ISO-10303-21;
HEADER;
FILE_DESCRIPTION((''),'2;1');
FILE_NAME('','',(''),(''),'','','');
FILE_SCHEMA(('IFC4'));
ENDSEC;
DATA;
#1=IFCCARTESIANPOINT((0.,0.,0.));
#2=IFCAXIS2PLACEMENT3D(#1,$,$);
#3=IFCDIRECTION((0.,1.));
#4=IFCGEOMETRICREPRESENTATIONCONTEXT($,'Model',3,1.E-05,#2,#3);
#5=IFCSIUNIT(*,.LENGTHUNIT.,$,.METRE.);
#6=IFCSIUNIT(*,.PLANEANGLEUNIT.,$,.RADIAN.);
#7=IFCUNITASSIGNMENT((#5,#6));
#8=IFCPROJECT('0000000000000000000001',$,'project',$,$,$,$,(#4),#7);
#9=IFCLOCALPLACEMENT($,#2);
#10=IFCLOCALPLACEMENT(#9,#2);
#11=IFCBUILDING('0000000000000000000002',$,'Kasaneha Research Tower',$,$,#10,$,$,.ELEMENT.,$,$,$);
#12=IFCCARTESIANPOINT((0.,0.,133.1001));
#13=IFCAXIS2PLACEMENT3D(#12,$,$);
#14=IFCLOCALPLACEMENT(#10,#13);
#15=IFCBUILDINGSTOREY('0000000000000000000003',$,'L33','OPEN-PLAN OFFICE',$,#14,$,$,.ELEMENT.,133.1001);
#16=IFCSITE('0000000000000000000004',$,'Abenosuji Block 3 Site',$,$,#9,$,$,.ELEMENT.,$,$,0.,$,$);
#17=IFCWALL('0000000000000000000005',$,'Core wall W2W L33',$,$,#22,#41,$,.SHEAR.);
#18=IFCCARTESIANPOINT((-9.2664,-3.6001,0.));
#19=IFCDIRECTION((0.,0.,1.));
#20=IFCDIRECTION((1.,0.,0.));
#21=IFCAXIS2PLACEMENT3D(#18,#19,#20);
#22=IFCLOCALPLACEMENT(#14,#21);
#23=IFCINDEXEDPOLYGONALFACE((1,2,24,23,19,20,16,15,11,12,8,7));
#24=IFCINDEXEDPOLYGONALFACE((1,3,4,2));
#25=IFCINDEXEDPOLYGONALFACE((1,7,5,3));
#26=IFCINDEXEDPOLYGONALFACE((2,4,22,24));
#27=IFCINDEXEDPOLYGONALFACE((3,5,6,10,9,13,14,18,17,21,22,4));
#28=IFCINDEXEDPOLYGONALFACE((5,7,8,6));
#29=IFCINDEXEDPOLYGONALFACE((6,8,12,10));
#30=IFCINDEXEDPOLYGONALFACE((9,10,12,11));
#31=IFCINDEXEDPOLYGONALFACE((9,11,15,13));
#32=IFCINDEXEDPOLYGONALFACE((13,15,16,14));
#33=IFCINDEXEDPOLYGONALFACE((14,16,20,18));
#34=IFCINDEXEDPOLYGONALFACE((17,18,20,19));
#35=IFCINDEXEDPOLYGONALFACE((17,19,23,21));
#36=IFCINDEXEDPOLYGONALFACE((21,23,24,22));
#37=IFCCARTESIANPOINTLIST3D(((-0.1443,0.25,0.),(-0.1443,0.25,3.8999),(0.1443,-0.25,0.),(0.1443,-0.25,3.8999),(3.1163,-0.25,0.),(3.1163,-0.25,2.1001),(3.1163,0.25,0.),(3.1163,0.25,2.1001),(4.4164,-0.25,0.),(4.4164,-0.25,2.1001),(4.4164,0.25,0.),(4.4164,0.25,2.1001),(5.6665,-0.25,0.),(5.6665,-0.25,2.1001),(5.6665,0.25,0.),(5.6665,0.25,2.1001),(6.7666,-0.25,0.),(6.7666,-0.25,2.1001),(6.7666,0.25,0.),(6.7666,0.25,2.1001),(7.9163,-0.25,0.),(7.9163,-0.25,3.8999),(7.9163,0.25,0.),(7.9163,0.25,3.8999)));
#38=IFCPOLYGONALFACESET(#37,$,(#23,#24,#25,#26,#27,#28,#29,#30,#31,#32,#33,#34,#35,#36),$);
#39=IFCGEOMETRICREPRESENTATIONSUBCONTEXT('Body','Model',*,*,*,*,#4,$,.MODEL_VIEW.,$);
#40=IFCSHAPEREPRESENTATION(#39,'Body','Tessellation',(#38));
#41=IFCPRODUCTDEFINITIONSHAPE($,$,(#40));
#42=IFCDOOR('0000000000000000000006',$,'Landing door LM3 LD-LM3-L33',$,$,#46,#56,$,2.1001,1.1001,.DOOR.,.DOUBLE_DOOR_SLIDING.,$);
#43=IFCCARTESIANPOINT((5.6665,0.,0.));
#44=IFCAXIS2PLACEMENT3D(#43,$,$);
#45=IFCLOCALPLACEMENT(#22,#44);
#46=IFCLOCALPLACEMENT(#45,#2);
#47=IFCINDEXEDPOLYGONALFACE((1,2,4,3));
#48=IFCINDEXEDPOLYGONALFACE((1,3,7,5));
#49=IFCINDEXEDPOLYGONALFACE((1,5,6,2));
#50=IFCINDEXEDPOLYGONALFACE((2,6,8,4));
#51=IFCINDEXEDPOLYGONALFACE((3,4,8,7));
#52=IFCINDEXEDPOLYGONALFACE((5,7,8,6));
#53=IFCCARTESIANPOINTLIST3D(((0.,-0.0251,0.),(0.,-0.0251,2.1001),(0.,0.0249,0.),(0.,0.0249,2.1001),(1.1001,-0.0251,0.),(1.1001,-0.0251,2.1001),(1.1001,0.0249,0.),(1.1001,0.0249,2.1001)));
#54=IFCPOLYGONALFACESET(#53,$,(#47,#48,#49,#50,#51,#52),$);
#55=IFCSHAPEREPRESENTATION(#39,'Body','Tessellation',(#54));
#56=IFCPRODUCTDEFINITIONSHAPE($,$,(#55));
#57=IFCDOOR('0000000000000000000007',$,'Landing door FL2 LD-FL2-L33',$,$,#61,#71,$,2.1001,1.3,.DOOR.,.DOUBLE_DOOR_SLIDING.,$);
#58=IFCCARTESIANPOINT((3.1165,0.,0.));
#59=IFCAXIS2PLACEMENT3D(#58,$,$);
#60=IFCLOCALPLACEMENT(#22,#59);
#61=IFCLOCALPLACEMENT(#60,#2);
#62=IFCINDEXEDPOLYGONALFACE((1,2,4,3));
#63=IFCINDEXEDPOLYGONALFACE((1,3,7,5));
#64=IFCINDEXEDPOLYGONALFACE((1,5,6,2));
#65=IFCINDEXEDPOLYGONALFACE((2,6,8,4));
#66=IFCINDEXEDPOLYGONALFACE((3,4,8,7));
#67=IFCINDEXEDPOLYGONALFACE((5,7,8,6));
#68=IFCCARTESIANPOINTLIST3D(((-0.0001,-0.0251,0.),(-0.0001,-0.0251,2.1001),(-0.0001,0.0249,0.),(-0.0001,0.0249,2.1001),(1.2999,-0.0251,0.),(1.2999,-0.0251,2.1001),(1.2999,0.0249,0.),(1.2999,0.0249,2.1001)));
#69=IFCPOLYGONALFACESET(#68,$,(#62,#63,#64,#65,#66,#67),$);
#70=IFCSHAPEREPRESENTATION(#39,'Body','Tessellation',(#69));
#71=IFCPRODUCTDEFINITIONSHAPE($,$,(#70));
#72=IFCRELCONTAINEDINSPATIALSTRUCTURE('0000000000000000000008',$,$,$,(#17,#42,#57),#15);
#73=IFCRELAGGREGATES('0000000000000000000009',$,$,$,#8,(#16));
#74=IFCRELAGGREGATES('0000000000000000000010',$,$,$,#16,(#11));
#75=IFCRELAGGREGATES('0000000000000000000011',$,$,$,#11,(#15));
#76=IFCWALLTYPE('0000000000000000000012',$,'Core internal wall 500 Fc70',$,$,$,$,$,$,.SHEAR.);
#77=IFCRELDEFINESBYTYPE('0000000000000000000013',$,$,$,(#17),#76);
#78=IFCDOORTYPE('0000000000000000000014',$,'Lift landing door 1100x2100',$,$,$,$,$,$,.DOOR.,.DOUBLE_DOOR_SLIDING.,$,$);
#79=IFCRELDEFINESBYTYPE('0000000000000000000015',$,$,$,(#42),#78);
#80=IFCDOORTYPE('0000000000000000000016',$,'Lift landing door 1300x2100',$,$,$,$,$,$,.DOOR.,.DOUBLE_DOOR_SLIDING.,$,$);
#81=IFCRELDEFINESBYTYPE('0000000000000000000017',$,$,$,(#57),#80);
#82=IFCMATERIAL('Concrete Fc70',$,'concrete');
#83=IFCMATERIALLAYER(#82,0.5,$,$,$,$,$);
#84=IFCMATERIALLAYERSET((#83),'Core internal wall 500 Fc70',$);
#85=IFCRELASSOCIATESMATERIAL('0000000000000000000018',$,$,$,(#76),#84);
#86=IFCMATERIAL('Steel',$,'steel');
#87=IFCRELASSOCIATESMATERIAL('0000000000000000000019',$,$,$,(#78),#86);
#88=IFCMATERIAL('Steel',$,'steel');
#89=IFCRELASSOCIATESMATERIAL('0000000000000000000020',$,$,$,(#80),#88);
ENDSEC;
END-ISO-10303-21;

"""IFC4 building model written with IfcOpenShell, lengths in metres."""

from ifc_helpers import new_model, si_unit, direction, frame, frame_2d, origin, place, context, subcontext, project, spatial, polyline, rectangle, outline, extrude, material, layer, layer_set, type_object, element, fill, save


model = new_model("IFC4")

# Units and contexts
model_context = context("Model", 3, precision=1e-05, world=origin(), true_north=direction((0.0, 1.0)))
body_context = subcontext(model_context, "Body", "Model", "MODEL_VIEW")
ifc_project = project(units=[si_unit("LENGTHUNIT", "METRE"), si_unit("PLANEANGLEUNIT", "RADIAN")], contexts=[model_context])

# Site, building, storey
site_placement = place(None, origin())
site = spatial("IfcSite", under=ifc_project, at=site_placement, Name="Abenosuji Block 3 Site", CompositionType="ELEMENT", RefElevation=0.0)
building_placement = place(site_placement, origin())
building = spatial("IfcBuilding", under=site, at=building_placement, Name="Kasaneha Research Tower", CompositionType="ELEMENT")
storey_placement = place(building_placement, frame((0.0, 0.0, 133.1001)))
storey = spatial("IfcBuildingStorey", under=building, at=storey_placement, Name="L33", Description="OPEN-PLAN OFFICE", CompositionType="ELEMENT", Elevation=133.1001)

# Wall, openings, doors
ifc_material_1 = material(Name="Concrete Fc70", Category="concrete")
ifc_layer_1 = layer(ifc_material_1, 0.5)
ifc_layer_set_1 = layer_set([ifc_layer_1], Name="Core internal wall 500 Fc70")
wall_type_1 = type_object("IfcWallType", Name="Core internal wall 500 Fc70", PredefinedType="SHEAR", material=ifc_layer_set_1)
wall_1_placement = place(storey_placement, frame((-9.2664, -3.6001, 0.0), z_axis=(0.0, 0.0, 1.0), x_axis=(1.0, 0.0, 0.0)))
wall_1 = element("IfcWall", 1, at=wall_1_placement, inside=storey, type_object=wall_type_1, Name="Core wall W2W L33", PredefinedType="SHEAR", context=body_context, shape_type="SweptSolid", body=[
    extrude(outline(polyline([(0.1443, -0.25), (3.1165, -0.25), (4.4165, -0.25), (5.6665, -0.25), (6.7666, -0.25), (7.9163, -0.25), (7.9163, 0.25), (6.7666, 0.25), (5.6665, 0.25), (4.4165, 0.25), (3.1165, 0.25), (-0.1443, 0.25), (0.1443, -0.25)])), origin(), (0.0, 0.0, 1.0), 3.8999),
])
opening_1_placement = place(wall_1_placement, frame((5.6665, 0.0, 0.0)))
opening_1 = element("IfcOpeningElement", 2, at=opening_1_placement, cuts=wall_1, PredefinedType="OPENING", context=body_context, shape_type="SweptSolid", body=[
    extrude(rectangle(XDim=1.1001, YDim=2.1001, at=frame_2d((0.55, 1.05))), frame((0.0, 0.26, 0.0), z_axis=(0.0, -1.0, 0.0), x_axis=(1.0, 0.0, 0.0)), (0.0, 0.0, 1.0), 0.52),
])
opening_2_placement = place(wall_1_placement, frame((3.1165, 0.0, 0.0)))
opening_2 = element("IfcOpeningElement", 3, at=opening_2_placement, cuts=wall_1, PredefinedType="OPENING", context=body_context, shape_type="SweptSolid", body=[
    extrude(rectangle(XDim=1.3, YDim=2.1001, at=frame_2d((0.6499, 1.05))), frame((0.0, 0.26, 0.0), z_axis=(0.0, -1.0, 0.0), x_axis=(1.0, 0.0, 0.0)), (0.0, 0.0, 1.0), 0.52),
])
ifc_material_2 = material(Name="Steel", Category="steel")
door_type_1 = type_object("IfcDoorType", Name="Lift landing door 1100x2100", OperationType="DOUBLE_DOOR_SLIDING", PredefinedType="DOOR", material=ifc_material_2)
door_1_placement = place(opening_1_placement, origin())
door_1 = element("IfcDoor", 4, at=door_1_placement, inside=storey, type_object=door_type_1, Name="Landing door LM3 LD-LM3-L33", OperationType="DOUBLE_DOOR_SLIDING", OverallHeight=2.1001, OverallWidth=1.1001, PredefinedType="DOOR", context=body_context, shape_type="SweptSolid", body=[
    extrude(rectangle(XDim=1.1001, YDim=2.1001, at=frame_2d((0.55, 1.05))), frame((0.0, 0.0249, 0.0), z_axis=(0.0, -1.0, 0.0), x_axis=(1.0, 0.0, 0.0)), (0.0, 0.0, 1.0), 0.05),
])
fill(opening_1, door_1)
ifc_material_3 = material(Name="Steel", Category="steel")
door_type_2 = type_object("IfcDoorType", Name="Lift landing door 1300x2100", OperationType="DOUBLE_DOOR_SLIDING", PredefinedType="DOOR", material=ifc_material_3)
door_2_placement = place(opening_2_placement, origin())
door_2 = element("IfcDoor", 5, at=door_2_placement, inside=storey, type_object=door_type_2, Name="Landing door FL2 LD-FL2-L33", OperationType="DOUBLE_DOOR_SLIDING", OverallHeight=2.1001, OverallWidth=1.3, PredefinedType="DOOR", context=body_context, shape_type="SweptSolid", body=[
    extrude(rectangle(XDim=1.3, YDim=2.1001, at=frame_2d((0.6499, 1.05))), frame((0.0, 0.0249, 0.0), z_axis=(0.0, -1.0, 0.0), x_axis=(1.0, 0.0, 0.0)), (0.0, 0.0, 1.0), 0.05),
])
fill(opening_2, door_2)

save(model, "model.ifc")
